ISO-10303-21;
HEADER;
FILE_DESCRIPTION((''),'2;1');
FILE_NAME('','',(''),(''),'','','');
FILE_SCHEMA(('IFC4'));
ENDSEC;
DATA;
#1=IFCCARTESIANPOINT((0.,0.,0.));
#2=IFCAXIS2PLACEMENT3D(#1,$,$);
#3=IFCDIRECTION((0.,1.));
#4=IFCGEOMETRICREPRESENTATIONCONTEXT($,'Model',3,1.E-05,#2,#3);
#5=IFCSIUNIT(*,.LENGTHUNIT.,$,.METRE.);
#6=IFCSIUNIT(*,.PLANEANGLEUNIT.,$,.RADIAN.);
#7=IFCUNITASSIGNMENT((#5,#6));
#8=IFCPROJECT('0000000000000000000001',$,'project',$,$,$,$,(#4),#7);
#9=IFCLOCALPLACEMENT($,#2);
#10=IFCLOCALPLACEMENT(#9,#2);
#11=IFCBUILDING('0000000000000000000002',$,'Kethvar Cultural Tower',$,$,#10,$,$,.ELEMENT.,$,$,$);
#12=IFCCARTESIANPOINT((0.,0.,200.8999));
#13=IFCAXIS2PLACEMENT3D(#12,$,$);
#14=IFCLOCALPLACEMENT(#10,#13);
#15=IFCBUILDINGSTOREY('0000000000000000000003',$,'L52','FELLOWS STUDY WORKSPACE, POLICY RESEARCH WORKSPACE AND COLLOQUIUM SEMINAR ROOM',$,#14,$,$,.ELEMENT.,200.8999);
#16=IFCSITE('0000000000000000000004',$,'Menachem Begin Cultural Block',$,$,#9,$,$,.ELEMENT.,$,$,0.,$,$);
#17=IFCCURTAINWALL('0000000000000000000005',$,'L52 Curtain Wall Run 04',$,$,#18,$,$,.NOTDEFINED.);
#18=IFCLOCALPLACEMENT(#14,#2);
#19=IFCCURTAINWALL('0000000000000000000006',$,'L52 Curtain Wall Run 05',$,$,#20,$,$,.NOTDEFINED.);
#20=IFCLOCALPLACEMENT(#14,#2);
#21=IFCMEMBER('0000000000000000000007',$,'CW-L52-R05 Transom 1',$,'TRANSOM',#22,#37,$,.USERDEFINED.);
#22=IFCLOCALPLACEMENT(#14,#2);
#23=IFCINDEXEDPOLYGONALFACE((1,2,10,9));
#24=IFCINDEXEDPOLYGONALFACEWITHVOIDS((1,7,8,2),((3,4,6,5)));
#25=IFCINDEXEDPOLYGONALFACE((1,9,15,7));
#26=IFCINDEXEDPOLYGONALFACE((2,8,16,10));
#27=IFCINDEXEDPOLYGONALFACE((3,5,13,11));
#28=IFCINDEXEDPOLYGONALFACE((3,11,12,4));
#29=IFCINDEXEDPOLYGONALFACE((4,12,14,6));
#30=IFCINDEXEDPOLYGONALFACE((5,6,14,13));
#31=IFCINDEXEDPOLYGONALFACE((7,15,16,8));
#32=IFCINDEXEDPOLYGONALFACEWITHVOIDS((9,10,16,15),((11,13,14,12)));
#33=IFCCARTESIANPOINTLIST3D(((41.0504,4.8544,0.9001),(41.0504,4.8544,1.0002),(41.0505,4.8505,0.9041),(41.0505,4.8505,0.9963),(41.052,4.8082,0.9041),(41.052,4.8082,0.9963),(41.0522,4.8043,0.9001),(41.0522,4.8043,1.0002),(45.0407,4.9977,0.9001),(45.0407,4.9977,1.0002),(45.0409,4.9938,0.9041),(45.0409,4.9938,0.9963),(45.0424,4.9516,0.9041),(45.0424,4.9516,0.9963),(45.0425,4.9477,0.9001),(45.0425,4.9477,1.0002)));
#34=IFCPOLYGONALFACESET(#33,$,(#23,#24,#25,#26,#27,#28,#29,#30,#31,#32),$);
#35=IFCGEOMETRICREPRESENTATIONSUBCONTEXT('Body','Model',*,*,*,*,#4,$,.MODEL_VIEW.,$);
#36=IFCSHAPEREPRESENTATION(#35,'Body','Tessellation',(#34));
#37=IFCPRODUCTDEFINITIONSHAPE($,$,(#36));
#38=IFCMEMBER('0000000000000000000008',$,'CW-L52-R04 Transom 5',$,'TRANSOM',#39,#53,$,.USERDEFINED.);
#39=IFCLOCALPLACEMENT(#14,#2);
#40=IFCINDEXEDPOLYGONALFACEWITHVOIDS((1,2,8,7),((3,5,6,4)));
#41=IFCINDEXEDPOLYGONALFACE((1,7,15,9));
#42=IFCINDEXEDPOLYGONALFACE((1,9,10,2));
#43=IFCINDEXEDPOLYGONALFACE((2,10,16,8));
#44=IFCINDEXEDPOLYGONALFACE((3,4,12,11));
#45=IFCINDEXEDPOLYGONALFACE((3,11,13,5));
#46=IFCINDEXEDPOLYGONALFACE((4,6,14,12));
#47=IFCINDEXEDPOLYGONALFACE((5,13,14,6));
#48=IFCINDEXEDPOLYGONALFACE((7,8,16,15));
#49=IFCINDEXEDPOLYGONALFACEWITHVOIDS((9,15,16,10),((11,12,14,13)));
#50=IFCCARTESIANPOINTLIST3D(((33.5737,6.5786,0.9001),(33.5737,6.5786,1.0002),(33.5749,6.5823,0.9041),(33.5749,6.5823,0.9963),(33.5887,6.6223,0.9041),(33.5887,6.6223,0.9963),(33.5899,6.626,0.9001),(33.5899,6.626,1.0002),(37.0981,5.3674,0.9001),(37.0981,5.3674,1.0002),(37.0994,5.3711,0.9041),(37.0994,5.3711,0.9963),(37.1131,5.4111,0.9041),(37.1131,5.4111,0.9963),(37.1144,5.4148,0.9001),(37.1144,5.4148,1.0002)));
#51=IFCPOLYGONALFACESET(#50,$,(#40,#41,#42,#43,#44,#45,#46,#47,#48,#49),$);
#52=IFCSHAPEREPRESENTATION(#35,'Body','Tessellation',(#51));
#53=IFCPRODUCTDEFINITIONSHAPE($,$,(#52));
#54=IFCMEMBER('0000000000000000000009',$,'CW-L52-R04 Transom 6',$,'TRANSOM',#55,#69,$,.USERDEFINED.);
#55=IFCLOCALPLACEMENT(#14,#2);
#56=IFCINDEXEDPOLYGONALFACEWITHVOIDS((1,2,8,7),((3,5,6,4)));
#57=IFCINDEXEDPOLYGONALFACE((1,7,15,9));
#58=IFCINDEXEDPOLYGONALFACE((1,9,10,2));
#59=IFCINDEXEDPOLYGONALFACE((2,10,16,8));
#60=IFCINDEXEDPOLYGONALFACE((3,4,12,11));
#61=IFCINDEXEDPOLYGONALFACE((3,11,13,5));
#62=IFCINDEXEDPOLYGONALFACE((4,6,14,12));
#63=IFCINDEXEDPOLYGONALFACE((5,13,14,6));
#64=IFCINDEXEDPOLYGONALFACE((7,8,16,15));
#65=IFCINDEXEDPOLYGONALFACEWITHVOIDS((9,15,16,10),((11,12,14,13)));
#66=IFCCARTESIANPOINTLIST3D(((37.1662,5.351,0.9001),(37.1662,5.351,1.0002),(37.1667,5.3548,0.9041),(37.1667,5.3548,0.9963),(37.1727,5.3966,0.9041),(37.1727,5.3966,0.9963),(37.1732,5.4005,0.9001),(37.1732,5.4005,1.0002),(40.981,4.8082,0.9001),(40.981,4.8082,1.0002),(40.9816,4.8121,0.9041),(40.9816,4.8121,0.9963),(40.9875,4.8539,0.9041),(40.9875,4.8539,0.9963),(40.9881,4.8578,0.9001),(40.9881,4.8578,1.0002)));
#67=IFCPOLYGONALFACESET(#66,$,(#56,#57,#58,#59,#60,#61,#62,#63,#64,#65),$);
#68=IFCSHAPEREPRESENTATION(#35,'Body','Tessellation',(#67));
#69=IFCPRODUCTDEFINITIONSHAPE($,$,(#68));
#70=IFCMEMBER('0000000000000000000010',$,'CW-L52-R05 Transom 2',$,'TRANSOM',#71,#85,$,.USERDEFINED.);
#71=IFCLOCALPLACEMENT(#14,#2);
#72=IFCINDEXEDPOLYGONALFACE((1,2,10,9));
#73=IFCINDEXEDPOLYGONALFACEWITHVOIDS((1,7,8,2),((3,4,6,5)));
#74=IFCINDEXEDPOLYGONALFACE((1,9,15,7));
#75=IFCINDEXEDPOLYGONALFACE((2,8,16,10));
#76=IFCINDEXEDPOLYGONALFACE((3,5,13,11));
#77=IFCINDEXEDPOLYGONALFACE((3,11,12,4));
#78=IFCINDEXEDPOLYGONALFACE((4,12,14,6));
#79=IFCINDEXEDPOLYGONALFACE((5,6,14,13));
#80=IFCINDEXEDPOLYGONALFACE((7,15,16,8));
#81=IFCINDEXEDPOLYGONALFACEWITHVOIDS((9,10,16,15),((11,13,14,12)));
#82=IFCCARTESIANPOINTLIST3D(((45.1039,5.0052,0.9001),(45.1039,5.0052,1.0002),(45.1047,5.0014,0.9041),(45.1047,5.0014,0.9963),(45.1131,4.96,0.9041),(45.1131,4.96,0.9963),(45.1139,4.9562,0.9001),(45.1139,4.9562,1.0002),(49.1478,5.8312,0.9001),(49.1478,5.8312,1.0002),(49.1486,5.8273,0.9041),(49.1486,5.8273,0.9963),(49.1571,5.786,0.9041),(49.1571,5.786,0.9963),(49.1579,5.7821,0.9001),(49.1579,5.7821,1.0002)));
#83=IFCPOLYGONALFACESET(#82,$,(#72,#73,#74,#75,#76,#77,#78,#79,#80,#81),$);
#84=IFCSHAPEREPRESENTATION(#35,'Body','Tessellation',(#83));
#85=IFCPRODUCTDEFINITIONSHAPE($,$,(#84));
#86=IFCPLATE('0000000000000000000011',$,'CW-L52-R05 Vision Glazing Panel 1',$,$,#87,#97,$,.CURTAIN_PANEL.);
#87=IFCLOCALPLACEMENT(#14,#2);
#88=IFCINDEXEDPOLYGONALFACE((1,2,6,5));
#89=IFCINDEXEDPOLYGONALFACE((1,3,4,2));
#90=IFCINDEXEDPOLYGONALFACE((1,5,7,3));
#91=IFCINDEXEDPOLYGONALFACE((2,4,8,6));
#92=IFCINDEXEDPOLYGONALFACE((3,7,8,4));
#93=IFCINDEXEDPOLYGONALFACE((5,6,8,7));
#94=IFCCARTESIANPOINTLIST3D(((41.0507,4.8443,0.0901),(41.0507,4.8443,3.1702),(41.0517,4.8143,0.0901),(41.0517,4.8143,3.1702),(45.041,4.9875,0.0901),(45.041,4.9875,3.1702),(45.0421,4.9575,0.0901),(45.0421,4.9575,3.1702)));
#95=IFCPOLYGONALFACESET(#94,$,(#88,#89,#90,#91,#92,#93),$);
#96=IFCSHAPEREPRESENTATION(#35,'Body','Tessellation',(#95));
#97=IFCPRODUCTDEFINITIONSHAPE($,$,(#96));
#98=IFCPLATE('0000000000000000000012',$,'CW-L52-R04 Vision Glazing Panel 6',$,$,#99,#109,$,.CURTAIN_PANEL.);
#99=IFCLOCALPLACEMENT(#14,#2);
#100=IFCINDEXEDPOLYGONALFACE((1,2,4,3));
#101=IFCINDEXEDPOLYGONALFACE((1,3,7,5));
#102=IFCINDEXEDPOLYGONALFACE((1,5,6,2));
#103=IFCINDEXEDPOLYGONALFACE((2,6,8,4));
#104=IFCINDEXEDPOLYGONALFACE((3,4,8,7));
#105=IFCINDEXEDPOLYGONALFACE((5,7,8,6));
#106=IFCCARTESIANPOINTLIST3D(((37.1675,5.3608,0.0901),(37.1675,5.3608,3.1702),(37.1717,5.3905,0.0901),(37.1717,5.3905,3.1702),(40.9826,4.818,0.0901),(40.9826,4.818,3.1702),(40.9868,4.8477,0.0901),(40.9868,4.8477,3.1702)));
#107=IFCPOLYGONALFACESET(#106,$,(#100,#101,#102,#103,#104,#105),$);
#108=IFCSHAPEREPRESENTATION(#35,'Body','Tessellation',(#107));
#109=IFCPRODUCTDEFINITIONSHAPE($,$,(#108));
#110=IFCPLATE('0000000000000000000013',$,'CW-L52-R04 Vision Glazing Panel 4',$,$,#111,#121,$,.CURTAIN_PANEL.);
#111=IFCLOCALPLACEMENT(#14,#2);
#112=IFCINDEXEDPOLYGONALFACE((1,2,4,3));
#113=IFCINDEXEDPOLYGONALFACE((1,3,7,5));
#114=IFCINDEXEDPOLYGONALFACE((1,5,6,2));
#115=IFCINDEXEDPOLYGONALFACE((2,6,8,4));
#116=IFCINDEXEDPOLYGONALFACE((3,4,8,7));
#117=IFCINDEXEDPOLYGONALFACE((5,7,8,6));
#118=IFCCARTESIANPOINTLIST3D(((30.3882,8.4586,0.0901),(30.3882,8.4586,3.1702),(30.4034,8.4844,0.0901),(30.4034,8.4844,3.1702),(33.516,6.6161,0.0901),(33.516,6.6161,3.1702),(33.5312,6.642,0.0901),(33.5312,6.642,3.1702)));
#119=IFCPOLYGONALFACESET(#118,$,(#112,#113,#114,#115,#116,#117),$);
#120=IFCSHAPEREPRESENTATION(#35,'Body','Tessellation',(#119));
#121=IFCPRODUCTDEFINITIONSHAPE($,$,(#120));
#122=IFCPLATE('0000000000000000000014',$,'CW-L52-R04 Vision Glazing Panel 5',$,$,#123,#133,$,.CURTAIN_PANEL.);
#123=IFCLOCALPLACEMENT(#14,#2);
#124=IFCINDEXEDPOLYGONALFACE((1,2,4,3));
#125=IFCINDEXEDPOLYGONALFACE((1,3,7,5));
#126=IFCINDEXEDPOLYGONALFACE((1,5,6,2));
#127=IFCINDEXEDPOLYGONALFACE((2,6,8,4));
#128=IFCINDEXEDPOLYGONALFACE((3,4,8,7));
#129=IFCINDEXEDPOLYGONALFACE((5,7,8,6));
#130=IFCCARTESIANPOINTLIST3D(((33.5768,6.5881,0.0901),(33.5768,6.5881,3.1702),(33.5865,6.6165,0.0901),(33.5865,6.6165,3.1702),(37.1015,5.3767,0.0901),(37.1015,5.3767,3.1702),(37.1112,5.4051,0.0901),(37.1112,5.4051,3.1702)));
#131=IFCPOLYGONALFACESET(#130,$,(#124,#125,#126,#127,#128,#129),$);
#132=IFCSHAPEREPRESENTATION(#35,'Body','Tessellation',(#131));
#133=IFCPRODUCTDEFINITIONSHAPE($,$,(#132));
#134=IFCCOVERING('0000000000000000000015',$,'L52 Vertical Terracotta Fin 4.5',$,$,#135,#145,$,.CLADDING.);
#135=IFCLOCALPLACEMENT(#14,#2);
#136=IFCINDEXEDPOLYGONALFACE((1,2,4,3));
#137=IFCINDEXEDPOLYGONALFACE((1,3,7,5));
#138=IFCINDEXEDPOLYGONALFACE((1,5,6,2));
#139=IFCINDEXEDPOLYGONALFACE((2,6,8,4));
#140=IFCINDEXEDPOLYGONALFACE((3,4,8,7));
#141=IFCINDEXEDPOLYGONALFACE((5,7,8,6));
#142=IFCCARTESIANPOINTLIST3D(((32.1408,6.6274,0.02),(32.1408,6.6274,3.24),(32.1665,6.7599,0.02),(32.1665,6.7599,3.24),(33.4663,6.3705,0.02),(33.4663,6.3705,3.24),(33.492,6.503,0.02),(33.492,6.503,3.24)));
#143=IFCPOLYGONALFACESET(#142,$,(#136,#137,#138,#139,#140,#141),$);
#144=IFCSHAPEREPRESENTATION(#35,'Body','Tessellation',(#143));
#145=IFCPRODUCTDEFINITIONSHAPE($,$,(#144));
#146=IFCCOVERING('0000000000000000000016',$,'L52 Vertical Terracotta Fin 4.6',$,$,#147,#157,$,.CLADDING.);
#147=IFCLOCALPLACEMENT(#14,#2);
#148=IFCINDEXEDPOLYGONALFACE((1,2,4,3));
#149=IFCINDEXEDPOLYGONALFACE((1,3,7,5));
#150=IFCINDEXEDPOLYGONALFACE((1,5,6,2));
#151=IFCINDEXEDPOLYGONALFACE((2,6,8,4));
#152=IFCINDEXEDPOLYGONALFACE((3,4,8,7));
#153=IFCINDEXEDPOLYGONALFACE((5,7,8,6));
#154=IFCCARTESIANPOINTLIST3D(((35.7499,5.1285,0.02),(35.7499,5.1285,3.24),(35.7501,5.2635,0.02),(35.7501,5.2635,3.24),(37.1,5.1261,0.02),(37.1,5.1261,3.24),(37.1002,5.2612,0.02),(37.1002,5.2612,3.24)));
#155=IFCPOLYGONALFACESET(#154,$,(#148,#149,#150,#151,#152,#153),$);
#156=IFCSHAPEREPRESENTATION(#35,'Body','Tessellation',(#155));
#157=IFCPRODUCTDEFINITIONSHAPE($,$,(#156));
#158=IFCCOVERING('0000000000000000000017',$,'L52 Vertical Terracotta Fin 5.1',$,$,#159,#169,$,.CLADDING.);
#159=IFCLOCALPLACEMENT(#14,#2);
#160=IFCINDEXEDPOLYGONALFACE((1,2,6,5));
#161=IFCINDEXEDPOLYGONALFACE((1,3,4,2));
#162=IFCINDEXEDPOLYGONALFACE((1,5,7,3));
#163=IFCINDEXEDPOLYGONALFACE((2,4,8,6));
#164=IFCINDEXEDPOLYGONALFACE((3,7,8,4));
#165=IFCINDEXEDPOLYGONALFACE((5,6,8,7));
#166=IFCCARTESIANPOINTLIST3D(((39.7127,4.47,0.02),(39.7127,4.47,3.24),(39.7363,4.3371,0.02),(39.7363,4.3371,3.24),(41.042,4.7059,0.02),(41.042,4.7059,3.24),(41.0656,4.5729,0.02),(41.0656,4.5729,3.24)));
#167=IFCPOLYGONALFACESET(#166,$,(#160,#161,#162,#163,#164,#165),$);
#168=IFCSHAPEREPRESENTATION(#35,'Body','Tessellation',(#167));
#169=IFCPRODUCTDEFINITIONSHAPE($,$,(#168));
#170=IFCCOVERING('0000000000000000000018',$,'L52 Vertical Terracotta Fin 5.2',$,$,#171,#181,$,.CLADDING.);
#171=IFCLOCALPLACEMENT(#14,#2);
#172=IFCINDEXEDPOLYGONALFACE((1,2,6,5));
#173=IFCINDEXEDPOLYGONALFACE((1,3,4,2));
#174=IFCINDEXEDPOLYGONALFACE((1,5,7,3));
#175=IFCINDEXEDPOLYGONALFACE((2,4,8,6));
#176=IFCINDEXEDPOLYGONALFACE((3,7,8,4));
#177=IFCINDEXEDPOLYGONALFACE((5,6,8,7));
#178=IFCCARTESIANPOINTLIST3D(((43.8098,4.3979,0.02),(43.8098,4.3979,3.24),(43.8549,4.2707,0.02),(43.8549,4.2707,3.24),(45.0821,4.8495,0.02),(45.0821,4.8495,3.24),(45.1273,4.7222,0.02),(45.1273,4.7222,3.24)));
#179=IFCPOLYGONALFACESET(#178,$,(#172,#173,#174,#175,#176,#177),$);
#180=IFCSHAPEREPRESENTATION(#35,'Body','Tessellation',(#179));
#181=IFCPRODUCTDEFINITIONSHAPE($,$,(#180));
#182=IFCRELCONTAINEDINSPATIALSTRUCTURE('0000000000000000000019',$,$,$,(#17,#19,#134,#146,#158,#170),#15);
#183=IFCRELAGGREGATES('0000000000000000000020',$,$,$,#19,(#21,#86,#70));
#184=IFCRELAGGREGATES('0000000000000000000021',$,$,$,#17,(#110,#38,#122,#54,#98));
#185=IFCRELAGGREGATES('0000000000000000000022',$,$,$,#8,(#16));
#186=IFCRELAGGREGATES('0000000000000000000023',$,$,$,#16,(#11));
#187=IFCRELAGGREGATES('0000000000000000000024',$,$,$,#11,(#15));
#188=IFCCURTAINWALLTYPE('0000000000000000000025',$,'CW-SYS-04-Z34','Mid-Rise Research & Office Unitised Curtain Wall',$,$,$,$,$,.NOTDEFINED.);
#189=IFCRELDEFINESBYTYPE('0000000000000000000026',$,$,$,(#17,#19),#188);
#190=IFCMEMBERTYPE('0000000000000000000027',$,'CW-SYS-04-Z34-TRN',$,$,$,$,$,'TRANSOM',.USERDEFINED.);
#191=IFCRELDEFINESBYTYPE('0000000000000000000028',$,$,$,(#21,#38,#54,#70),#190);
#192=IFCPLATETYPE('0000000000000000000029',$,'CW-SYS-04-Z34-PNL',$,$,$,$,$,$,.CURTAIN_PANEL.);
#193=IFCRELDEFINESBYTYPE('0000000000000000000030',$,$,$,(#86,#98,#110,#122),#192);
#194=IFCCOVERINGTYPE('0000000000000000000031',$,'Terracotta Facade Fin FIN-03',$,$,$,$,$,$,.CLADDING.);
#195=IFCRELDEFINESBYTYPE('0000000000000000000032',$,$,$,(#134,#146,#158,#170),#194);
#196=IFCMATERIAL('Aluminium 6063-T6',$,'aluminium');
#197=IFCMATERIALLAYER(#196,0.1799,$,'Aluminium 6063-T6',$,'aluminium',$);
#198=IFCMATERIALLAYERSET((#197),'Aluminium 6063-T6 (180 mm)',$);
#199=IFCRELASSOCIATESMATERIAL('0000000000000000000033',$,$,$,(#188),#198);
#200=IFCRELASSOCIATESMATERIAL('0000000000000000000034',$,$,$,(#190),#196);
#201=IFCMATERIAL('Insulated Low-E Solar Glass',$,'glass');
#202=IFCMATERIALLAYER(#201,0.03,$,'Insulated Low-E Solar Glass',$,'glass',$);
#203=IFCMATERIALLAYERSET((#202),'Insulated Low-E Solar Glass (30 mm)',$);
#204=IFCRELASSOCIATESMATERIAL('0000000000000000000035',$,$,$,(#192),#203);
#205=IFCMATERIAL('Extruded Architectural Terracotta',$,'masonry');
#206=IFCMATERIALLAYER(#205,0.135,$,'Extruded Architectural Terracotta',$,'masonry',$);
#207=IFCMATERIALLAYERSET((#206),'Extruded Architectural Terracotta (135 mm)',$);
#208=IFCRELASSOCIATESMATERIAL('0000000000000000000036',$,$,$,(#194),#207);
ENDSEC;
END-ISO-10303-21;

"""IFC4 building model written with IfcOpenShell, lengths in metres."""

from ifc_helpers import new_model, si_unit, direction, frame, origin, origin_2d, place, context, subcontext, project, spatial, rectangle, hollow_rectangle, extrude, source, transform, mapped, material, layer, layer_set, material_profile, profile_set, type_object, element, aggregate, save


model = new_model("IFC4")

# Units and contexts
model_context = context("Model", 3, precision=1e-05, world=origin(), true_north=direction((0.0, 1.0)))
body_context = subcontext(model_context, "Body", "Model", "MODEL_VIEW")
ifc_project = project(units=[si_unit("LENGTHUNIT", "METRE"), si_unit("PLANEANGLEUNIT", "RADIAN")], contexts=[model_context])

# Site, building, storey
site_placement = place(None, origin())
site = spatial("IfcSite", under=ifc_project, at=site_placement, Name="Menachem Begin Cultural Block", CompositionType="ELEMENT", RefElevation=0.0)
building_placement = place(site_placement, origin())
building = spatial("IfcBuilding", under=site, at=building_placement, Name="Kethvar Cultural Tower", CompositionType="ELEMENT")
storey_placement = place(building_placement, frame((0.0, 0.0, 200.8999)))
storey = spatial("IfcBuildingStorey", under=building, at=storey_placement, Name="L52", Description="FELLOWS STUDY WORKSPACE, POLICY RESEARCH WORKSPACE AND COLLOQUIUM SEMINAR ROOM", CompositionType="ELEMENT", Elevation=200.8999)

# Curtain walls, member
ifc_material_1 = material(Name="Aluminium 6063-T6", Category="aluminium")
ifc_layer_1 = layer(ifc_material_1, 0.1799, Name="Aluminium 6063-T6", Category="aluminium")
ifc_layer_set_1 = layer_set([ifc_layer_1], Name="Aluminium 6063-T6 (180 mm)")
curtain_wall_type = type_object("IfcCurtainWallType", Name="CW-SYS-04-Z34", Description="Mid-Rise Research & Office Unitised Curtain Wall", PredefinedType="NOTDEFINED", material=ifc_layer_set_1)
curtain_wall_1_placement = place(storey_placement, origin())
curtain_wall_1 = element("IfcCurtainWall", 1, at=curtain_wall_1_placement, inside=storey, type_object=curtain_wall_type, Name="L52 Curtain Wall Run 04", PredefinedType="NOTDEFINED")
curtain_wall_2_placement = place(storey_placement, origin())
curtain_wall_2 = element("IfcCurtainWall", 2, at=curtain_wall_2_placement, inside=storey, type_object=curtain_wall_type, Name="L52 Curtain Wall Run 05", PredefinedType="NOTDEFINED")
ifc_material_profile_1 = material_profile(ifc_material_1, hollow_rectangle(XDim=0.05, YDim=0.1001, WallThickness=0.0039, at=origin_2d()), Name="Aluminium 6063-T6 — RHS100x50x4")
ifc_profile_set_1 = profile_set([ifc_material_profile_1], Name="Aluminium 6063-T6 — RHS100x50x4")
member_type_1 = type_object("IfcMemberType", Name="CW-SYS-04-Z34-TRN", ElementType="TRANSOM", PredefinedType="USERDEFINED", material=ifc_profile_set_1)
shared_shape_1 = source(origin(), body_context, "Body", "SweptSolid", [
    extrude(hollow_rectangle(XDim=0.05, YDim=0.1001, WallThickness=0.0039, at=origin_2d()), origin(), (0.0, 0.0, 1.0), 3.9929),
])
member_1_placement = place(storey_placement, frame((41.0513, 4.8293, 0.9502), z_axis=(0.999356, 0.035892, 0.0), x_axis=(-0.035892, 0.999356, 0.0)))
member_1 = element("IfcMember", 3, at=member_1_placement, type_object=member_type_1, Name="CW-L52-R05 Transom 1", ObjectType="TRANSOM", PredefinedType="USERDEFINED", context=body_context, shape_type="MappedRepresentation", body=[
    mapped(shared_shape_1, transform((0.0, 0.0, 0.0), scale=1.0)),
])

# Members
shared_shape_2 = source(origin(), body_context, "Body", "SweptSolid", [
    extrude(hollow_rectangle(XDim=0.05, YDim=0.1001, WallThickness=0.0039, at=origin_2d()), origin(), (0.0, 0.0, 1.0), 3.7268),
])
member_2_placement = place(storey_placement, frame((33.5818, 6.6023, 0.9502), z_axis=(0.945714, -0.324999, 0.0), x_axis=(0.324999, 0.945714, 0.0)))
member_2 = element("IfcMember", 4, at=member_2_placement, type_object=member_type_1, Name="CW-L52-R04 Transom 5", ObjectType="TRANSOM", PredefinedType="USERDEFINED", context=body_context, shape_type="MappedRepresentation", body=[
    mapped(shared_shape_2, transform((0.0, 0.0, 0.0), scale=1.0)),
])
shared_shape_3 = source(origin(), body_context, "Body", "SweptSolid", [
    extrude(hollow_rectangle(XDim=0.05, YDim=0.1001, WallThickness=0.0039, at=origin_2d()), origin(), (0.0, 0.0, 1.0), 3.8533),
])
member_3_placement = place(storey_placement, frame((37.1697, 5.3757, 0.9502), z_axis=(0.990032, -0.140845, 0.0), x_axis=(0.140845, 0.990032, 0.0)))
member_3 = element("IfcMember", 5, at=member_3_placement, type_object=member_type_1, Name="CW-L52-R04 Transom 6", ObjectType="TRANSOM", PredefinedType="USERDEFINED", context=body_context, shape_type="MappedRepresentation", body=[
    mapped(shared_shape_3, transform((0.0, 0.0, 0.0), scale=1.0)),
])
shared_shape_4 = source(origin(), body_context, "Body", "SweptSolid", [
    extrude(hollow_rectangle(XDim=0.05, YDim=0.1001, WallThickness=0.0039, at=origin_2d()), origin(), (0.0, 0.0, 1.0), 4.1274),
])
member_4_placement = place(storey_placement, frame((45.1089, 4.9807, 0.9502), z_axis=(0.979774, 0.200107, 0.0), x_axis=(-0.200107, 0.979774, 0.0)))
member_4 = element("IfcMember", 6, at=member_4_placement, type_object=member_type_1, Name="CW-L52-R05 Transom 2", ObjectType="TRANSOM", PredefinedType="USERDEFINED", context=body_context, shape_type="MappedRepresentation", body=[
    mapped(shared_shape_4, transform((0.0, 0.0, 0.0), scale=1.0)),
])

# Plates
ifc_material_2 = material(Name="Insulated Low-E Solar Glass", Category="glass")
ifc_layer_2 = layer(ifc_material_2, 0.03, Name="Insulated Low-E Solar Glass", Category="glass")
ifc_layer_set_2 = layer_set([ifc_layer_2], Name="Insulated Low-E Solar Glass (30 mm)")
plate_type = type_object("IfcPlateType", Name="CW-SYS-04-Z34-PNL", PredefinedType="CURTAIN_PANEL", material=ifc_layer_set_2)
shared_shape_5 = source(origin(), body_context, "Body", "SweptSolid", [
    extrude(rectangle(XDim=3.9929, YDim=0.03, at=origin_2d()), origin(), (0.0, 0.0, 1.0), 3.0801),
])
plate_1_placement = place(storey_placement, frame((43.0464, 4.9009, 0.0901), z_axis=(0.0, 0.0, 1.0), x_axis=(0.999357, 0.035859, 0.0)))
plate_1 = element("IfcPlate", 7, at=plate_1_placement, type_object=plate_type, Name="CW-L52-R05 Vision Glazing Panel 1", PredefinedType="CURTAIN_PANEL", context=body_context, shape_type="MappedRepresentation", body=[
    mapped(shared_shape_5, transform((0.0, 0.0, 0.0), scale=1.0)),
])
aggregate(curtain_wall_2, [member_1, plate_1, member_4])
shared_shape_6 = source(origin(), body_context, "Body", "SweptSolid", [
    extrude(rectangle(XDim=3.8535, YDim=0.03, at=origin_2d()), origin(), (0.0, 0.0, 1.0), 3.0801),
])
plate_2_placement = place(storey_placement, frame((39.0771, 5.1042, 0.0901), z_axis=(0.0, 0.0, 1.0), x_axis=(0.990029, -0.140867, 0.0)))
plate_2 = element("IfcPlate", 8, at=plate_2_placement, type_object=plate_type, Name="CW-L52-R04 Vision Glazing Panel 6", PredefinedType="CURTAIN_PANEL", context=body_context, shape_type="MappedRepresentation", body=[
    mapped(shared_shape_6, transform((0.0, 0.0, 0.0), scale=1.0)),
])
shared_shape_7 = source(origin(), body_context, "Body", "SweptSolid", [
    extrude(rectangle(XDim=3.6301, YDim=0.03, at=origin_2d()), origin(), (0.0, 0.0, 1.0), 3.0801),
])
plate_3_placement = place(storey_placement, frame((31.9597, 7.5503, 0.0901), z_axis=(0.0, 0.0, 1.0), x_axis=(0.861629, -0.507538, 0.0)))
plate_3 = element("IfcPlate", 9, at=plate_3_placement, type_object=plate_type, Name="CW-L52-R04 Vision Glazing Panel 4", PredefinedType="CURTAIN_PANEL", context=body_context, shape_type="MappedRepresentation", body=[
    mapped(shared_shape_7, transform((0.0, 0.0, 0.0), scale=1.0)),
])
shared_shape_8 = source(origin(), body_context, "Body", "SweptSolid", [
    extrude(rectangle(XDim=3.7271, YDim=0.03, at=origin_2d()), origin(), (0.0, 0.0, 1.0), 3.0801),
])
plate_4_placement = place(storey_placement, frame((35.344, 5.9966, 0.0901), z_axis=(0.0, 0.0, 1.0), x_axis=(0.9457, -0.32504, 0.0)))
plate_4 = element("IfcPlate", 10, at=plate_4_placement, type_object=plate_type, Name="CW-L52-R04 Vision Glazing Panel 5", PredefinedType="CURTAIN_PANEL", context=body_context, shape_type="MappedRepresentation", body=[
    mapped(shared_shape_8, transform((0.0, 0.0, 0.0), scale=1.0)),
])
aggregate(curtain_wall_1, [plate_3, member_2, plate_4, member_3, plate_2])

# Coverings
ifc_material_3 = material(Name="Extruded Architectural Terracotta", Category="masonry")
ifc_layer_3 = layer(ifc_material_3, 0.135, Name="Extruded Architectural Terracotta", Category="masonry")
ifc_layer_set_3 = layer_set([ifc_layer_3], Name="Extruded Architectural Terracotta (135 mm)")
covering_type = type_object("IfcCoveringType", Name="Terracotta Facade Fin FIN-03", PredefinedType="CLADDING", material=ifc_layer_set_3)
shared_shape_9 = source(origin(), body_context, "Body", "SweptSolid", [
    extrude(rectangle(XDim=1.3501, YDim=0.135, at=origin_2d()), origin(), (0.0, 0.0, 1.0), 3.22),
])
for number, where, z_axis, x_axis, name in (
    (11, (32.8164, 6.5652, 0.02), (0.0, 0.0, 1.0), (-0.981727, 0.190295, 0.0), "L52 Vertical Terracotta Fin 4.5"),
    (12, (36.425, 5.1948, 0.02), (0.0, 0.0, 1.0), (-0.999998, 0.001745, 0.0), "L52 Vertical Terracotta Fin 4.6"),
    (13, (40.3892, 4.5215, 0.02), (0.0, 0.0, 1.0), (-0.984625, -0.174679, 0.0), "L52 Vertical Terracotta Fin 5.1"),
    (14, (44.4685, 4.5601, 0.02), (0.0, 0.0, 1.0), (-0.942408, -0.334465, 0.0), "L52 Vertical Terracotta Fin 5.2"),
):
    element("IfcCovering", number, at=place(storey_placement, frame(where, z_axis=z_axis, x_axis=x_axis)), inside=storey, type_object=covering_type, Name=name, PredefinedType="CLADDING", context=body_context, shape_type="MappedRepresentation", body=[
        mapped(shared_shape_9, transform((0.0, 0.0, 0.0), scale=1.0)),
    ])

save(model, "model.ifc")
